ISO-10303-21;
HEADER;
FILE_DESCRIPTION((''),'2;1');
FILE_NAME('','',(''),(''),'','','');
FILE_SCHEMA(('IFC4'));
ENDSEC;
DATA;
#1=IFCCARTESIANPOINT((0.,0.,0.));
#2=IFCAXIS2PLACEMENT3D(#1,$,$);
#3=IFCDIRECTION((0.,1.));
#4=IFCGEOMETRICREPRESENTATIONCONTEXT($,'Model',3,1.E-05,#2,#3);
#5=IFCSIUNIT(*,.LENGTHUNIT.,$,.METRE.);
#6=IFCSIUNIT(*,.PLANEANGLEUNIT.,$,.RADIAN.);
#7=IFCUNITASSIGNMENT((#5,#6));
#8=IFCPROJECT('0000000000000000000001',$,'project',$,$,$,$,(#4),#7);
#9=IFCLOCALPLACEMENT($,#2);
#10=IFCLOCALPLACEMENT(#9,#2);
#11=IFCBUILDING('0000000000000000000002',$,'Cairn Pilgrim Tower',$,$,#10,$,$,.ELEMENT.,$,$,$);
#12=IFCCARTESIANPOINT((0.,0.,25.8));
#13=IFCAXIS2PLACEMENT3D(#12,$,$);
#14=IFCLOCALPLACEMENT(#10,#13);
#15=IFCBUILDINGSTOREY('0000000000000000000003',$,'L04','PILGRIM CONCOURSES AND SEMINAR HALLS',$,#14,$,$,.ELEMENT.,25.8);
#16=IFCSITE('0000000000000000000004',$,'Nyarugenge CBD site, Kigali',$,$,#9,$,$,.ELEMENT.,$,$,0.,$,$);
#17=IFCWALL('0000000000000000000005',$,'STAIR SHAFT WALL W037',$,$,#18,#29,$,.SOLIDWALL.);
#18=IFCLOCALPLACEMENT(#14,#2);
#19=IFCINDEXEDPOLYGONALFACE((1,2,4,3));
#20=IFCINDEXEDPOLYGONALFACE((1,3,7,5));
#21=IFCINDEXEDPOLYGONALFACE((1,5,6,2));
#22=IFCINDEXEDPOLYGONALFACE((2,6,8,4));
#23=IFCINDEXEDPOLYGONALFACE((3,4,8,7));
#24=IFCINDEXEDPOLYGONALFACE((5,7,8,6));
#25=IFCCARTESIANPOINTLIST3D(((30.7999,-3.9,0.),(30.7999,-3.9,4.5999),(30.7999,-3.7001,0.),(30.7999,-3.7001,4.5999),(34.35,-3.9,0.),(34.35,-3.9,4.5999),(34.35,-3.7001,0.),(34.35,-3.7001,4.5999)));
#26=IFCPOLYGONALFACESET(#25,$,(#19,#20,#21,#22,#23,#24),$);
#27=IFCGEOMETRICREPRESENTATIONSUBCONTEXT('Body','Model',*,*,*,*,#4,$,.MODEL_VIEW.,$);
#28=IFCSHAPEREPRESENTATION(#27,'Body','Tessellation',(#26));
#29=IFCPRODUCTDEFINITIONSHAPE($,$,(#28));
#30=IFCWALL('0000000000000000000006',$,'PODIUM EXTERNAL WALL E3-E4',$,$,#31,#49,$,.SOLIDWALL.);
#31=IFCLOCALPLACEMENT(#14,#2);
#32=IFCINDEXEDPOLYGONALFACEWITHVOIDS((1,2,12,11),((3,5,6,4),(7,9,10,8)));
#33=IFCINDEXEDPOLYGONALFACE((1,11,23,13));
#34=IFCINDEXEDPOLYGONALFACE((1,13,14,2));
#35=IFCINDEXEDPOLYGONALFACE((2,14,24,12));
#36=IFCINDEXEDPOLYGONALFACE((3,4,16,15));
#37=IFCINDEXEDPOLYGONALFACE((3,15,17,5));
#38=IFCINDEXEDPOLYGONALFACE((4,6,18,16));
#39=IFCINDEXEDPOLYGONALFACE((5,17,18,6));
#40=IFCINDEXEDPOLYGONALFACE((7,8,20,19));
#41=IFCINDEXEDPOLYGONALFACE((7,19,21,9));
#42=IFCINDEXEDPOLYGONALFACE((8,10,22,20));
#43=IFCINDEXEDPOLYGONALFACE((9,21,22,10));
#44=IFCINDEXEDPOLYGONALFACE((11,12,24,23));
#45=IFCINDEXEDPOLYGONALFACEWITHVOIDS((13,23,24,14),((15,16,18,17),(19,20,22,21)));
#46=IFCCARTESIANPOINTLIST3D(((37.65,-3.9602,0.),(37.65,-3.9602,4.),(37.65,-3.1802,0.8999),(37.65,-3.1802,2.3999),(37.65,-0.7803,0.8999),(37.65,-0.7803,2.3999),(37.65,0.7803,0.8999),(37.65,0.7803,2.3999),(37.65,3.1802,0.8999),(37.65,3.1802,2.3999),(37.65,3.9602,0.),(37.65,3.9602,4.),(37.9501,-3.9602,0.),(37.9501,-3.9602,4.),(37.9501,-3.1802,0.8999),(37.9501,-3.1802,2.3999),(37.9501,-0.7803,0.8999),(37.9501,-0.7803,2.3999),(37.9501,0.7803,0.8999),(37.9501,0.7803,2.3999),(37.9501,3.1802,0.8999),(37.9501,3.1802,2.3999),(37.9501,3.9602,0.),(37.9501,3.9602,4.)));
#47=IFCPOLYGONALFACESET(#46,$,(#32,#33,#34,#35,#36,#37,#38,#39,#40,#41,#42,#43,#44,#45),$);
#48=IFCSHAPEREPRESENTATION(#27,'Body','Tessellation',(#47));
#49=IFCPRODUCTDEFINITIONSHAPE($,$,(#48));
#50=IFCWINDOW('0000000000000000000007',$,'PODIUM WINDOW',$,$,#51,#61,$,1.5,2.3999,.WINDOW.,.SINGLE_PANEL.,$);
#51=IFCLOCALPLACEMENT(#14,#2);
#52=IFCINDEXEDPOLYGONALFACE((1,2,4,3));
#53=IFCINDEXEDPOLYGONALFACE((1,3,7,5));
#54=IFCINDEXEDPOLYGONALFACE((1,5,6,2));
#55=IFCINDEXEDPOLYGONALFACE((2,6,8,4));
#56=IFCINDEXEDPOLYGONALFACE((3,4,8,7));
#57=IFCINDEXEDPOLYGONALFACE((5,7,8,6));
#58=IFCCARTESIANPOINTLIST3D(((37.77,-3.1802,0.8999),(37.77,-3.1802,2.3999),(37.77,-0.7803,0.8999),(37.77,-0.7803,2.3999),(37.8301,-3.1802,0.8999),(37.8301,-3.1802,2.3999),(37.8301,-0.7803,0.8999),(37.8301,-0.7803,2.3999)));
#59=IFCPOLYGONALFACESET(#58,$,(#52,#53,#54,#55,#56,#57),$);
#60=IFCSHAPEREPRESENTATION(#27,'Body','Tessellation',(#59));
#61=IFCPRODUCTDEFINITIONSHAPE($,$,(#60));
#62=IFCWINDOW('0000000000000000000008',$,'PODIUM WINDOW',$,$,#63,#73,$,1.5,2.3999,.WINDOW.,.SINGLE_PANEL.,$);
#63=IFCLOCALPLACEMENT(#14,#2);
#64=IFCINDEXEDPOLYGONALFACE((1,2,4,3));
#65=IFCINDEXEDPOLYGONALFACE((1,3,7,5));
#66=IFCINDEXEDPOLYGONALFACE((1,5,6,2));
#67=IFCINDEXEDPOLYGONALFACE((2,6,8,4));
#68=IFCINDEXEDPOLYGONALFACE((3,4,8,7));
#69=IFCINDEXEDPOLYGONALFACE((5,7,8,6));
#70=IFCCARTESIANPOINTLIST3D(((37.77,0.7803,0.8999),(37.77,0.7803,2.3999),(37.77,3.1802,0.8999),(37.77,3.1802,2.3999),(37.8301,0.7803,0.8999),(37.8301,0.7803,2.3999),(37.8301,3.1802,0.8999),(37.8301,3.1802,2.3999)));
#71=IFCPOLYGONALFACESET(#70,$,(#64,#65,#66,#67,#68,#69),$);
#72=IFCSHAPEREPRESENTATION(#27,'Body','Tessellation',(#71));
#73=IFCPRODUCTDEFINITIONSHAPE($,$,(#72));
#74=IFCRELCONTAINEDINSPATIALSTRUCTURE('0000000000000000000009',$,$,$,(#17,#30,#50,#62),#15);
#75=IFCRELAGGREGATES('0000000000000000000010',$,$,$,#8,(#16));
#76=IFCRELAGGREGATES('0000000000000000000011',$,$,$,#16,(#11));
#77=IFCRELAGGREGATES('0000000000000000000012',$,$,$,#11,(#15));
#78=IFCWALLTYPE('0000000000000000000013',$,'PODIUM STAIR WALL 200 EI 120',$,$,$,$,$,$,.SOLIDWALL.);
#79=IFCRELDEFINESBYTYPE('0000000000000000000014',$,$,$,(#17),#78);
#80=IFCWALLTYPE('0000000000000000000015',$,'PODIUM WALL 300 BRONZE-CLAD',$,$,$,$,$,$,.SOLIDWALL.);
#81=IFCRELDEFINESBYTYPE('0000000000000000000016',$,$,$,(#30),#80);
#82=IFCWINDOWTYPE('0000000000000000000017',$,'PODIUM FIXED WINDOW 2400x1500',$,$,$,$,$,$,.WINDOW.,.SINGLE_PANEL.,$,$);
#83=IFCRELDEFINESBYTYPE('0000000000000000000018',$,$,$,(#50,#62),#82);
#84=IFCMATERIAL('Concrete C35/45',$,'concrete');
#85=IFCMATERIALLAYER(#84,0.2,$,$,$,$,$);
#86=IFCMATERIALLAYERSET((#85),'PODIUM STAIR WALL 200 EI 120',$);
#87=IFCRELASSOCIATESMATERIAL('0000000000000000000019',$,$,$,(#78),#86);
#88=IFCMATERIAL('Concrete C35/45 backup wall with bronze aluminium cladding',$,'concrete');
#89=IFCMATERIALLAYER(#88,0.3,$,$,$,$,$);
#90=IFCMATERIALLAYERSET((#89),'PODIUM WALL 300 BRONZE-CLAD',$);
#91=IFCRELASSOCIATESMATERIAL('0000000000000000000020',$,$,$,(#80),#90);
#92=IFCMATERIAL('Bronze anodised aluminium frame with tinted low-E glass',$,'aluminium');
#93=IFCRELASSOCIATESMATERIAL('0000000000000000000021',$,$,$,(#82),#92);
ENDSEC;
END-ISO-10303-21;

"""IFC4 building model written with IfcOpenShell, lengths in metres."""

from ifc_helpers import new_model, si_unit, direction, frame, frame_2d, origin, place, context, subcontext, project, spatial, rectangle, extrude, material, layer, layer_set, type_object, element, fill, save


model = new_model("IFC4")

# Units and contexts
model_context = context("Model", 3, precision=1e-05, world=origin(), true_north=direction((0.0, 1.0)))
body_context = subcontext(model_context, "Body", "Model", "MODEL_VIEW")
ifc_project = project(units=[si_unit("LENGTHUNIT", "METRE"), si_unit("PLANEANGLEUNIT", "RADIAN")], contexts=[model_context])

# Site, building, storey
site_placement = place(None, origin())
site = spatial("IfcSite", under=ifc_project, at=site_placement, Name="Nyarugenge CBD site, Kigali", CompositionType="ELEMENT", RefElevation=0.0)
building_placement = place(site_placement, origin())
building = spatial("IfcBuilding", under=site, at=building_placement, Name="Cairn Pilgrim Tower", CompositionType="ELEMENT")
storey_placement = place(building_placement, frame((0.0, 0.0, 25.8)))
storey = spatial("IfcBuildingStorey", under=building, at=storey_placement, Name="L04", Description="PILGRIM CONCOURSES AND SEMINAR HALLS", CompositionType="ELEMENT", Elevation=25.8)

# Wall
ifc_material_1 = material(Name="Concrete C35/45", Category="concrete")
ifc_layer_1 = layer(ifc_material_1, 0.2)
ifc_layer_set_1 = layer_set([ifc_layer_1], Name="PODIUM STAIR WALL 200 EI 120")
wall_type_1 = type_object("IfcWallType", Name="PODIUM STAIR WALL 200 EI 120", PredefinedType="SOLIDWALL", material=ifc_layer_set_1)
wall_1_placement = place(storey_placement, frame((30.8, -3.8, 0.0), z_axis=(0.0, 0.0, 1.0), x_axis=(1.0, 0.0, 0.0)))
element("IfcWall", 1, at=wall_1_placement, inside=storey, type_object=wall_type_1, Name="STAIR SHAFT WALL W037", PredefinedType="SOLIDWALL", context=body_context, shape_type="SweptSolid", body=[
    extrude(rectangle(XDim=3.55, YDim=0.2, at=frame_2d((1.7749, 0.0))), origin(), (0.0, 0.0, 1.0), 4.5999),
])

# Wall, openings, windows
ifc_material_2 = material(Name="Concrete C35/45 backup wall with bronze aluminium cladding", Category="concrete")
ifc_layer_2 = layer(ifc_material_2, 0.3)
ifc_layer_set_2 = layer_set([ifc_layer_2], Name="PODIUM WALL 300 BRONZE-CLAD")
wall_type_2 = type_object("IfcWallType", Name="PODIUM WALL 300 BRONZE-CLAD", PredefinedType="SOLIDWALL", material=ifc_layer_set_2)
wall_2_placement = place(storey_placement, frame((37.8, -3.9602, 0.0), z_axis=(0.0, 0.0, 1.0), x_axis=(0.0, 1.0, 0.0)))
wall_2 = element("IfcWall", 2, at=wall_2_placement, inside=storey, type_object=wall_type_2, Name="PODIUM EXTERNAL WALL E3-E4", PredefinedType="SOLIDWALL", context=body_context, shape_type="SweptSolid", body=[
    extrude(rectangle(XDim=7.9204, YDim=0.3, at=frame_2d((3.9602, 0.0))), origin(), (0.0, 0.0, 1.0), 4.0),
])
opening_1_placement = place(wall_2_placement, frame((0.78, 0.0, 0.8999)))
opening_1 = element("IfcOpeningElement", 3, at=opening_1_placement, cuts=wall_2, PredefinedType="OPENING", context=body_context, shape_type="SweptSolid", body=[
    extrude(rectangle(XDim=2.3999, YDim=1.5, at=frame_2d((1.2, 0.75))), frame((0.0, 0.1602, 0.0), z_axis=(0.0, -1.0, 0.0), x_axis=(1.0, 0.0, 0.0)), (0.0, 0.0, 1.0), 0.3201),
])
opening_2_placement = place(wall_2_placement, frame((4.7405, 0.0, 0.8999)))
opening_2 = element("IfcOpeningElement", 4, at=opening_2_placement, cuts=wall_2, PredefinedType="OPENING", context=body_context, shape_type="SweptSolid", body=[
    extrude(rectangle(XDim=2.3999, YDim=1.5, at=frame_2d((1.2, 0.75))), frame((0.0, 0.1602, 0.0), z_axis=(0.0, -1.0, 0.0), x_axis=(1.0, 0.0, 0.0)), (0.0, 0.0, 1.0), 0.3201),
])
ifc_material_3 = material(Name="Bronze anodised aluminium frame with tinted low-E glass", Category="aluminium")
window_type = type_object("IfcWindowType", Name="PODIUM FIXED WINDOW 2400x1500", PartitioningType="SINGLE_PANEL", PredefinedType="WINDOW", material=ifc_material_3)
window_1_placement = place(opening_1_placement, origin())
window_1 = element("IfcWindow", 5, at=window_1_placement, inside=storey, type_object=window_type, Name="PODIUM WINDOW", OverallHeight=1.5, OverallWidth=2.3999, PartitioningType="SINGLE_PANEL", PredefinedType="WINDOW", context=body_context, shape_type="SweptSolid", body=[
    extrude(rectangle(XDim=2.3999, YDim=1.5, at=frame_2d((1.2, 0.75))), frame((0.0, 0.03, 0.0), z_axis=(0.0, -1.0, 0.0), x_axis=(1.0, 0.0, 0.0)), (0.0, 0.0, 1.0), 0.0601),
])
fill(opening_1, window_1)
window_2_placement = place(opening_2_placement, origin())
window_2 = element("IfcWindow", 6, at=window_2_placement, inside=storey, type_object=window_type, Name="PODIUM WINDOW", OverallHeight=1.5, OverallWidth=2.3999, PartitioningType="SINGLE_PANEL", PredefinedType="WINDOW", context=body_context, shape_type="SweptSolid", body=[
    extrude(rectangle(XDim=2.3999, YDim=1.5, at=frame_2d((1.2, 0.75))), frame((0.0, 0.03, 0.0), z_axis=(0.0, -1.0, 0.0), x_axis=(1.0, 0.0, 0.0)), (0.0, 0.0, 1.0), 0.0601),
])
fill(opening_2, window_2)

save(model, "model.ifc")
